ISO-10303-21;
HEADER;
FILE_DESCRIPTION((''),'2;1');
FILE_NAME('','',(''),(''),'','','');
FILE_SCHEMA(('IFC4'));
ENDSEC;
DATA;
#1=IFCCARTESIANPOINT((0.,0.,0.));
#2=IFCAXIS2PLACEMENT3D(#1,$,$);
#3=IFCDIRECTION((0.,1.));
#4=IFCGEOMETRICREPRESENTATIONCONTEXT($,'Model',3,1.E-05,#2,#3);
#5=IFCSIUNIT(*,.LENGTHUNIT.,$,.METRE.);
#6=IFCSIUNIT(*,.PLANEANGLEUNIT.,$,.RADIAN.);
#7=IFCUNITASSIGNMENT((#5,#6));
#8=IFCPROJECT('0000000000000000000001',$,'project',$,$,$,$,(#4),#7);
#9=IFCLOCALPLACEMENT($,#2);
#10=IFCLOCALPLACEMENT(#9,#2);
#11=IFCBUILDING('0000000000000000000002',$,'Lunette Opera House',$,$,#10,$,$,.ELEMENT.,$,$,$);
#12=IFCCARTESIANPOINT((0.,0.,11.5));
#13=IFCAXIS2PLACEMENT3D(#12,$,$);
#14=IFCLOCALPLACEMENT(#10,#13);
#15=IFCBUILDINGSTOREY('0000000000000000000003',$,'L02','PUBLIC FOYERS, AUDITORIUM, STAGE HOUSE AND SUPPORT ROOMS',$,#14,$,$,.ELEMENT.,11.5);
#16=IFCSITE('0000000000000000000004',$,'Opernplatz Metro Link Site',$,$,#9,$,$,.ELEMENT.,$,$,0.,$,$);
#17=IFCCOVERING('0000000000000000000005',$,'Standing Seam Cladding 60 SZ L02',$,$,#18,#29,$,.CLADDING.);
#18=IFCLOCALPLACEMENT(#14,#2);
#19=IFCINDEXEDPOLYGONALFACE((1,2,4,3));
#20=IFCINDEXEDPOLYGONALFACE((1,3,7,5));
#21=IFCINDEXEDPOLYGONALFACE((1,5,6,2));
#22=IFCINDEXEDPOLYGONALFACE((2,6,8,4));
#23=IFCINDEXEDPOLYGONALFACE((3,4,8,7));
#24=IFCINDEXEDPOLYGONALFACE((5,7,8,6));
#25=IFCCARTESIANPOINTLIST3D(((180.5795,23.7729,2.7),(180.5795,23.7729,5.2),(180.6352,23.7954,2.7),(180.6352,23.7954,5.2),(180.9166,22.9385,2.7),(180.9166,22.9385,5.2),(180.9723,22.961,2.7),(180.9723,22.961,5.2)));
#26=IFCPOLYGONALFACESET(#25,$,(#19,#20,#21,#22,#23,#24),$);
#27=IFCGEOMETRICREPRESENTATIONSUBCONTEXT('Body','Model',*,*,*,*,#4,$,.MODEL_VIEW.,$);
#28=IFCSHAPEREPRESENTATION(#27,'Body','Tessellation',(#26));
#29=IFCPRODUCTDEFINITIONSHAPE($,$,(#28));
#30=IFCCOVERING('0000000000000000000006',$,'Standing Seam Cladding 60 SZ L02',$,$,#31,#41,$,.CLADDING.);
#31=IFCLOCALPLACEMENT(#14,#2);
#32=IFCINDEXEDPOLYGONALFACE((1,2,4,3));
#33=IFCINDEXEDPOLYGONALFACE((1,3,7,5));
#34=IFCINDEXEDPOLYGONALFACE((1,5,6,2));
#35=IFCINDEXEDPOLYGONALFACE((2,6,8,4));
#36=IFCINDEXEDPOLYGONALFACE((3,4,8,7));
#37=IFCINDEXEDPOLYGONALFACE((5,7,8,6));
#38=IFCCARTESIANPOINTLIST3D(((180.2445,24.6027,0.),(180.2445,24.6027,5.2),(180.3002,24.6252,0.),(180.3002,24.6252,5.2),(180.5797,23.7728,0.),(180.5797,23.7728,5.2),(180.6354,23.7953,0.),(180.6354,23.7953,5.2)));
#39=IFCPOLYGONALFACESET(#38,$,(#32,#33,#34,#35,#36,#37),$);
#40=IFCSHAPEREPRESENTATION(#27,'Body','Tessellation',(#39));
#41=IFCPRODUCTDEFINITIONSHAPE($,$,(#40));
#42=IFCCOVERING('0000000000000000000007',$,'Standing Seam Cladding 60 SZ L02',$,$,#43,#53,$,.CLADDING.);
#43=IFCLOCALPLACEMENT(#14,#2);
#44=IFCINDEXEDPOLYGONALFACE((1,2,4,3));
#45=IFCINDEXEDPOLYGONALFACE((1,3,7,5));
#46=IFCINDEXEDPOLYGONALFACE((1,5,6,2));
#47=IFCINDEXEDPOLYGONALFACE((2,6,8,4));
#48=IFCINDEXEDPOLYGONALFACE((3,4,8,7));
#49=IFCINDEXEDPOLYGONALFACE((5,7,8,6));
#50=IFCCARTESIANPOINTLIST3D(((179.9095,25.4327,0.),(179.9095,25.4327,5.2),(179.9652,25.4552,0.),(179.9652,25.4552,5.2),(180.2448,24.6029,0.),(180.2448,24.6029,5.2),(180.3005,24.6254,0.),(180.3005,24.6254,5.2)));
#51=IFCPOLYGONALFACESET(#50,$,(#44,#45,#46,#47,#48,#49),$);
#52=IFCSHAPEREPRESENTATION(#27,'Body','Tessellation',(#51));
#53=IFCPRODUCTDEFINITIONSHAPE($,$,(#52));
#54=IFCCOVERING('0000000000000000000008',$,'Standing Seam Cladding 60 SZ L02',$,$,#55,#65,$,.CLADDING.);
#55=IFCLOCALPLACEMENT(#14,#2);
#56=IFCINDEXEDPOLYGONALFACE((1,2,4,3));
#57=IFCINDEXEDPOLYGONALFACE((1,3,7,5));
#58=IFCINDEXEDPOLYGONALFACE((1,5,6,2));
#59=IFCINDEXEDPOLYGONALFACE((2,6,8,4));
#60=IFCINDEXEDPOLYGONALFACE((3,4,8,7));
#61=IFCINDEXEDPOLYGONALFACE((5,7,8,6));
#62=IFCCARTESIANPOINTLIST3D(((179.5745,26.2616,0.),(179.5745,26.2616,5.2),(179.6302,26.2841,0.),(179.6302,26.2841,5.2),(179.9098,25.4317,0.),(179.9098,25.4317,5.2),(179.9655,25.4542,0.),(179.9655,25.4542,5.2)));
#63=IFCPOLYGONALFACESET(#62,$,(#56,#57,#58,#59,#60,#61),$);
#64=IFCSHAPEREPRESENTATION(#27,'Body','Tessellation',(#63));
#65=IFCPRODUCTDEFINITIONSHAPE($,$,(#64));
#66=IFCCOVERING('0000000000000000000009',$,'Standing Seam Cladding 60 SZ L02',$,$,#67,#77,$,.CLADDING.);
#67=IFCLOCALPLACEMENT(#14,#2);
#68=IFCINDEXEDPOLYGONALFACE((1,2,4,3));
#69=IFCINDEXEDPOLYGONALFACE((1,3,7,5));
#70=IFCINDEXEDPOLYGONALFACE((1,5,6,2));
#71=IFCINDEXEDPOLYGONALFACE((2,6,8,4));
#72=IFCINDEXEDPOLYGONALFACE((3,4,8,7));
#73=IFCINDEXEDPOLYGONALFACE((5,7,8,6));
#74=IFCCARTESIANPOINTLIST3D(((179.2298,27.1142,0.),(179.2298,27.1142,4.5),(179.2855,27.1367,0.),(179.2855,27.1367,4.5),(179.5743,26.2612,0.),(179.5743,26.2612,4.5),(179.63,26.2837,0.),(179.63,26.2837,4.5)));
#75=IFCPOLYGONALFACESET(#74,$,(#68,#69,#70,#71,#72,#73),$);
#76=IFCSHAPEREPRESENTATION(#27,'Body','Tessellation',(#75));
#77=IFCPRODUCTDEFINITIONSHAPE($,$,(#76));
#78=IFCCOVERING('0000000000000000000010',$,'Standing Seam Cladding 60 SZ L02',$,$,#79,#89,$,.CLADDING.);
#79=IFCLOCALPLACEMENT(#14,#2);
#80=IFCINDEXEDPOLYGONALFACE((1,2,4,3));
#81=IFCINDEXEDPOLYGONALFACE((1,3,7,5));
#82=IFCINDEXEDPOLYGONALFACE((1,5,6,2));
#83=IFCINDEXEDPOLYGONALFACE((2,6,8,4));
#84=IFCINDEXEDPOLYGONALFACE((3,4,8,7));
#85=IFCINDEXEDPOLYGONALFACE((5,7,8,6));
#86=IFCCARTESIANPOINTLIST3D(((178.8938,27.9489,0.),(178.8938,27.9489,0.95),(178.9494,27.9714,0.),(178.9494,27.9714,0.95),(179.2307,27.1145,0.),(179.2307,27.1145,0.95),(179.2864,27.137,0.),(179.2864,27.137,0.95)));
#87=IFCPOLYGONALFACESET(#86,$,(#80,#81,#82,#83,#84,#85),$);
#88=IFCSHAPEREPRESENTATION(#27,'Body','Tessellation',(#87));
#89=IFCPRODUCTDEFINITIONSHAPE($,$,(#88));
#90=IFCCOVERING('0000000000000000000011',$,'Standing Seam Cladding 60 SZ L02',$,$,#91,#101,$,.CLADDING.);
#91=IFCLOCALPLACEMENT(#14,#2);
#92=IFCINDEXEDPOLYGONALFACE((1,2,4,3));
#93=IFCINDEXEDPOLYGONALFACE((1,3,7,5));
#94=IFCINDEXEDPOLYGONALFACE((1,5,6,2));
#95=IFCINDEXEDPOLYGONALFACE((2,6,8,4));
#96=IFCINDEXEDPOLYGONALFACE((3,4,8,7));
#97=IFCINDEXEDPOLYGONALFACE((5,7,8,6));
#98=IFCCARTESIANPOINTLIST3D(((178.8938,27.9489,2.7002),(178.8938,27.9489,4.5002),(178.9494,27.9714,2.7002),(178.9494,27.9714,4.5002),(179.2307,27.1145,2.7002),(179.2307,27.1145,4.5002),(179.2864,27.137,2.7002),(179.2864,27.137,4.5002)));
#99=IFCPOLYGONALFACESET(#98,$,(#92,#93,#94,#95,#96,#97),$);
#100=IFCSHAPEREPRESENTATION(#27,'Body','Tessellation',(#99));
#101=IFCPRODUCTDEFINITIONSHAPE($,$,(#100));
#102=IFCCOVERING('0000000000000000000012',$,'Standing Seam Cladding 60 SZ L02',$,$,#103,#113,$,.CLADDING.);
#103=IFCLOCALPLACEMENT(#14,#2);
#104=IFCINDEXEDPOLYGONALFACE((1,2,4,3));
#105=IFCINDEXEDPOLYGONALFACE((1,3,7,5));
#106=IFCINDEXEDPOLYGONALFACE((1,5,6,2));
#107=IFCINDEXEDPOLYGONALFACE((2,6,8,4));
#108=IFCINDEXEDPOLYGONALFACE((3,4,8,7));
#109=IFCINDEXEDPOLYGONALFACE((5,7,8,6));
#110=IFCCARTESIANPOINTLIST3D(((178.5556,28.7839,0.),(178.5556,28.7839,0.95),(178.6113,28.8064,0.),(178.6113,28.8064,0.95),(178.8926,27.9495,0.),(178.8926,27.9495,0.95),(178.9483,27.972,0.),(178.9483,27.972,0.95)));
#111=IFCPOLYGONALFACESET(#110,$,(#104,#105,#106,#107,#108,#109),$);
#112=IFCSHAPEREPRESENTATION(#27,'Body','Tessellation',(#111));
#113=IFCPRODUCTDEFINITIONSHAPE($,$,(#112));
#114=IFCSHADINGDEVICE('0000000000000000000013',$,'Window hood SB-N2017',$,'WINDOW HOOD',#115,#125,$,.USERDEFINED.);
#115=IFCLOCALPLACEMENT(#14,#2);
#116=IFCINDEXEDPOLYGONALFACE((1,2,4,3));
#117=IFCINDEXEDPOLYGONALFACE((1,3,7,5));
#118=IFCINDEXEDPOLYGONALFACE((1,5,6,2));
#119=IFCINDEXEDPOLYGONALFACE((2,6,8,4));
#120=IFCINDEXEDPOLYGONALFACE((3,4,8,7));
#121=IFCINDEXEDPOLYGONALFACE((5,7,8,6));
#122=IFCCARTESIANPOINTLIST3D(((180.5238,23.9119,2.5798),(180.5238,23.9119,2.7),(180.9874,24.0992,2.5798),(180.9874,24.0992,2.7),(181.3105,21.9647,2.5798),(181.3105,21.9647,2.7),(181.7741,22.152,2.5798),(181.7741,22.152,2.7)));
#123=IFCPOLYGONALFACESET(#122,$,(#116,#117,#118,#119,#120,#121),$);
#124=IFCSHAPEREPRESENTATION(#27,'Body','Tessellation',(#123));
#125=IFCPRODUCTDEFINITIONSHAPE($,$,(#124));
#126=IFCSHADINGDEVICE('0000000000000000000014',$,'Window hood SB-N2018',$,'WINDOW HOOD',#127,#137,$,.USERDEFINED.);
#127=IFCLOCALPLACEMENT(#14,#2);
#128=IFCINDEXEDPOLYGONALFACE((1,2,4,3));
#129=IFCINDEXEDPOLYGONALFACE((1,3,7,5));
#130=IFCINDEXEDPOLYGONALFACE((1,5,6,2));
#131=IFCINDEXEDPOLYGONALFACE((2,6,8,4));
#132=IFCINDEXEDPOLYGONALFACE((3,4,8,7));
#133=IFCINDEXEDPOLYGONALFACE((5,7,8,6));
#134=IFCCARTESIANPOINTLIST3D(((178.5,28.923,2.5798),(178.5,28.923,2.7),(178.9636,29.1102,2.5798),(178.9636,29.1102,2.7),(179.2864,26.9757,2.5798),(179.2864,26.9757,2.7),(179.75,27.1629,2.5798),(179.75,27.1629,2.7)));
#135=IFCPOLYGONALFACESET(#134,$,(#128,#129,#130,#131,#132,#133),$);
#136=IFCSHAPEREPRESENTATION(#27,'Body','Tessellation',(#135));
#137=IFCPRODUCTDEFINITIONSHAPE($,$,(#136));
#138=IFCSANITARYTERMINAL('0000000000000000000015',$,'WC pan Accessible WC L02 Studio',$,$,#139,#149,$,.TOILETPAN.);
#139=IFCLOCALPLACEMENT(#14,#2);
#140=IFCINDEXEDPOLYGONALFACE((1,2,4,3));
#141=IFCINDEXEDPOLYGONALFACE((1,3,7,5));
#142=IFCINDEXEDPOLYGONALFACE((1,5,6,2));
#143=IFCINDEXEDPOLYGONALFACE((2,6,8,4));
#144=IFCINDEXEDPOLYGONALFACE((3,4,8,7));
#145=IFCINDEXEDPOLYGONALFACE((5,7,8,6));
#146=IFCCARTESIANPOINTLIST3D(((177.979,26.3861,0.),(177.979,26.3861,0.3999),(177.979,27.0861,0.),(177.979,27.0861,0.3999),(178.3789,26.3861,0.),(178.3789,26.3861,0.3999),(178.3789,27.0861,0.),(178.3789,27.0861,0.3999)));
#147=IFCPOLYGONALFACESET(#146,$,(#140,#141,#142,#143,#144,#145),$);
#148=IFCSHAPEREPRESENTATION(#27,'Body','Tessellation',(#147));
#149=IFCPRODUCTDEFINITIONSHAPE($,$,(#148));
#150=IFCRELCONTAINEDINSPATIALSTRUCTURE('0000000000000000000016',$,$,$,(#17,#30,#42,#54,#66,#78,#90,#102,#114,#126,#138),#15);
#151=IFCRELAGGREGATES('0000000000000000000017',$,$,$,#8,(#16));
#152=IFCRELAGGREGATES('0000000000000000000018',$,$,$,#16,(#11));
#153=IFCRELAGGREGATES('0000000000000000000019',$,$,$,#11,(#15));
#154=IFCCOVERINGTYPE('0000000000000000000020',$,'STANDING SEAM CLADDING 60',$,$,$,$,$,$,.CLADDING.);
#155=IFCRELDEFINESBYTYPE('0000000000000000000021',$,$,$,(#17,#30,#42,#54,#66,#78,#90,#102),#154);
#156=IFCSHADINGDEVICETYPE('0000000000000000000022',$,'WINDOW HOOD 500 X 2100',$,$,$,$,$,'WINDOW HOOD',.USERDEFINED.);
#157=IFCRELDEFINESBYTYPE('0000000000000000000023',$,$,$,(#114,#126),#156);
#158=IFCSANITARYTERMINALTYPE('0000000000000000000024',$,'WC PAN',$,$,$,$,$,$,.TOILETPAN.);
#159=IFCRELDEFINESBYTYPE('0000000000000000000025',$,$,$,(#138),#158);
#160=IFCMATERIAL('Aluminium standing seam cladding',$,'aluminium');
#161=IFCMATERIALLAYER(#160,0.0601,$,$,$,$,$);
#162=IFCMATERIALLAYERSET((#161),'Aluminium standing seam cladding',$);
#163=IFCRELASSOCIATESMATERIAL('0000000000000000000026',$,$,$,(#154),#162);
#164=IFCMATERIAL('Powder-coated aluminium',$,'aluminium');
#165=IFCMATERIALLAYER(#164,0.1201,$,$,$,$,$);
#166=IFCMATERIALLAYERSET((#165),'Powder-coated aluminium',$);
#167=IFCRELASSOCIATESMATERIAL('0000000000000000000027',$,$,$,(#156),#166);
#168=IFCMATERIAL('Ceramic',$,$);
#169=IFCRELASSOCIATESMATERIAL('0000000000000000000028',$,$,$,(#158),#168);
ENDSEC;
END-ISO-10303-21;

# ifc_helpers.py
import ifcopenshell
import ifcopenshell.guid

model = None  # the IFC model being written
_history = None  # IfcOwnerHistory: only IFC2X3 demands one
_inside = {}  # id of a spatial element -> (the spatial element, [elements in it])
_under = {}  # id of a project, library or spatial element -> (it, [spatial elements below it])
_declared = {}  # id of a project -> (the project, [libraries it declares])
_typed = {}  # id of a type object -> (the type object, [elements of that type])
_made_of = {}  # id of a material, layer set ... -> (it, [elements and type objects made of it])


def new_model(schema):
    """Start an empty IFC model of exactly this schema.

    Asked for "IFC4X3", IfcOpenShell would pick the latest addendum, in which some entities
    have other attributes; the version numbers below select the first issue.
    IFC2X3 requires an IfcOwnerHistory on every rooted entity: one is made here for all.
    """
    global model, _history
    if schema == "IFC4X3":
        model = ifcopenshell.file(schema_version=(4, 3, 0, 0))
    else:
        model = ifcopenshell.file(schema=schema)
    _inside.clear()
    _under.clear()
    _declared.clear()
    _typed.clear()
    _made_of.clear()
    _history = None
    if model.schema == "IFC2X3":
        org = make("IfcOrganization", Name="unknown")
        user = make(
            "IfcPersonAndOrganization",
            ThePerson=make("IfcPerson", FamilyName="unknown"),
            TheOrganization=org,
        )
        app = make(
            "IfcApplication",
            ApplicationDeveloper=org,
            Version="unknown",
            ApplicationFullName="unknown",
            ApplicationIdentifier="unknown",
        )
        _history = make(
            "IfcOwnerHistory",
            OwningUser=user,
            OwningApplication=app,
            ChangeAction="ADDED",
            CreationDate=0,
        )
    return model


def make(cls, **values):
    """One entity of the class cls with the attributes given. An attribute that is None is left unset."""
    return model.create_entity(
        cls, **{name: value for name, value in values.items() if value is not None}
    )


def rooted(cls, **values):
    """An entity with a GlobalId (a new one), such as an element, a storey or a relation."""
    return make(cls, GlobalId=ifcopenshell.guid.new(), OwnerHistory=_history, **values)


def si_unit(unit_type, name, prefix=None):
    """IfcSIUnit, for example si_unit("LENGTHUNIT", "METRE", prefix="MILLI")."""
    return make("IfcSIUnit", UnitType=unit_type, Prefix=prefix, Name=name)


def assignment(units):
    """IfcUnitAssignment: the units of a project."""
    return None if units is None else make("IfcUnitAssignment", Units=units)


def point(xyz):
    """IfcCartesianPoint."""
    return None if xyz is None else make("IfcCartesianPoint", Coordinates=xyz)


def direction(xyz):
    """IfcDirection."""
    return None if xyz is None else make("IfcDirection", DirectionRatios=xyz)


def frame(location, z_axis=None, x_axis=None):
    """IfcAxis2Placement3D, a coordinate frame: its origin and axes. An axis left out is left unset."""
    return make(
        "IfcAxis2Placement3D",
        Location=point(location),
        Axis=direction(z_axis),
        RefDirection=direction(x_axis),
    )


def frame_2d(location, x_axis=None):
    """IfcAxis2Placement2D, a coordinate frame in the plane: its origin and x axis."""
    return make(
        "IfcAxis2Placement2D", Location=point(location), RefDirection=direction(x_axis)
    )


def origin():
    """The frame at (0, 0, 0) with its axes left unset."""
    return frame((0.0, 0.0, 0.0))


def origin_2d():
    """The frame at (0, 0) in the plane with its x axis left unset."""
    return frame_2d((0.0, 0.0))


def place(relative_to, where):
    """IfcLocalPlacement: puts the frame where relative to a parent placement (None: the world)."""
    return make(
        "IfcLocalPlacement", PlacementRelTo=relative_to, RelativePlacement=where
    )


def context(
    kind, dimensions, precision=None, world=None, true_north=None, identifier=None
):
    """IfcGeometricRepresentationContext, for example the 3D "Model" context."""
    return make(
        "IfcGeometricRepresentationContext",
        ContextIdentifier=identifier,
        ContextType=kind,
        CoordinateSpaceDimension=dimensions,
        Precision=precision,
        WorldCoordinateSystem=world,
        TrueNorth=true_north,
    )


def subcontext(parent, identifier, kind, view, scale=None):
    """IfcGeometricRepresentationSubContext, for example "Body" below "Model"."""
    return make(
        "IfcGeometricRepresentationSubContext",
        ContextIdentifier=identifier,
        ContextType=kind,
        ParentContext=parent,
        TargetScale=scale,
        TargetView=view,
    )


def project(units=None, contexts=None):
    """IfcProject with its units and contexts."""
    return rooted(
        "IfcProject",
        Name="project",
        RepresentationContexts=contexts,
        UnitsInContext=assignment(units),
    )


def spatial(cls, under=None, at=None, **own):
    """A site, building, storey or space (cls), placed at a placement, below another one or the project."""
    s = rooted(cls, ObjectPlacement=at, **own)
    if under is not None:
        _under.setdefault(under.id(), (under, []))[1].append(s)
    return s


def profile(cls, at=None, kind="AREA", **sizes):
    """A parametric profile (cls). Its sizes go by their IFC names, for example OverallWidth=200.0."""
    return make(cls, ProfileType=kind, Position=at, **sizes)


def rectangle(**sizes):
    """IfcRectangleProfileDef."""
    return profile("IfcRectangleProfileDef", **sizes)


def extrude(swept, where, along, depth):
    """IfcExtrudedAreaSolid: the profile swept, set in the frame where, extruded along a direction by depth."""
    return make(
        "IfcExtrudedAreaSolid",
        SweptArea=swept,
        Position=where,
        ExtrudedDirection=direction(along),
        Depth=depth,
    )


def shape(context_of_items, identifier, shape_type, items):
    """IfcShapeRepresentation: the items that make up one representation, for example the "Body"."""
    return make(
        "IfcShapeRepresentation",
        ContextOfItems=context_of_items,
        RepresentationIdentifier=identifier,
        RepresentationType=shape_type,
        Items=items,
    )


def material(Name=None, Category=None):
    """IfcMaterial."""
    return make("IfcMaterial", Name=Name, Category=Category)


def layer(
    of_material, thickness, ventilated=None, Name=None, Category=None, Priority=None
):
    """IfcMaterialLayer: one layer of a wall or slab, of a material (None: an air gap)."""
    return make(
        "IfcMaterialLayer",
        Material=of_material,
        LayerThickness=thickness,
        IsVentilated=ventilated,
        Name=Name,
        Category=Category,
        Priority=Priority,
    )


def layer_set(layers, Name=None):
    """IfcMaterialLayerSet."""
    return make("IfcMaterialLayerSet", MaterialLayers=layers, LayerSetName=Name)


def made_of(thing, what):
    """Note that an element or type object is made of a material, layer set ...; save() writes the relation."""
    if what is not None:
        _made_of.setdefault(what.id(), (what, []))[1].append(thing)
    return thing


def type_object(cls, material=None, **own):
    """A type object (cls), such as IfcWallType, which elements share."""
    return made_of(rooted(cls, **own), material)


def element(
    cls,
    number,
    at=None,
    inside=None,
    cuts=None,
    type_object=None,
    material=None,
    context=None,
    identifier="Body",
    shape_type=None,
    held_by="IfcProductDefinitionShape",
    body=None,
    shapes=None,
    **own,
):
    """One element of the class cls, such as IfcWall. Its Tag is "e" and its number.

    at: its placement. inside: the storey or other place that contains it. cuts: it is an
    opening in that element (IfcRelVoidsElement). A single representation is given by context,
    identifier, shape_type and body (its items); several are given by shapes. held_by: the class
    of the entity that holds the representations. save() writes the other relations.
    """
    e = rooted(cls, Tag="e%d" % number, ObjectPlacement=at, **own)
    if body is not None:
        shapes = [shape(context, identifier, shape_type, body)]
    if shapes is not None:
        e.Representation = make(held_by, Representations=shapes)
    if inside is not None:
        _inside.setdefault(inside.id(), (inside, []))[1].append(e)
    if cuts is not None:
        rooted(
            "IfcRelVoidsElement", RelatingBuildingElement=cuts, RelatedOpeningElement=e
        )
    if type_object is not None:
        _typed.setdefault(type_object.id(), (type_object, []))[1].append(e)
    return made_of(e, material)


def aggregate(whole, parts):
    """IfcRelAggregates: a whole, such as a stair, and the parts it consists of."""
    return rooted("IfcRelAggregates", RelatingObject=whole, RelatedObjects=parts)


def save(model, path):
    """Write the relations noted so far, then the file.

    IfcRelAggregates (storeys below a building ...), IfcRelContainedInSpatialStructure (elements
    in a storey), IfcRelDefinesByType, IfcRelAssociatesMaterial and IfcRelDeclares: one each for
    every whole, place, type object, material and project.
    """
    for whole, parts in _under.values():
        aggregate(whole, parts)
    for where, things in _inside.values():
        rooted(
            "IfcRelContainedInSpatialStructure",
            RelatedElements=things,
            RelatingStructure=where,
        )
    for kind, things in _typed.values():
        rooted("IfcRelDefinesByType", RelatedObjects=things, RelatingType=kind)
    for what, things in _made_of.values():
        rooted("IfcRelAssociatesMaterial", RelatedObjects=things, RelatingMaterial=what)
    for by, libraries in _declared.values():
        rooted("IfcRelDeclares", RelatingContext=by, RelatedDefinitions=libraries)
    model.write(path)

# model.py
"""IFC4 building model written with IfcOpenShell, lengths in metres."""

from ifc_helpers import new_model, si_unit, direction, frame, origin, origin_2d, place, context, subcontext, project, spatial, rectangle, extrude, material, layer, layer_set, type_object, element, save


model = new_model("IFC4")

# Units and contexts
model_context = context("Model", 3, precision=1e-05, world=origin(), true_north=direction((0.0, 1.0)))
body_context = subcontext(model_context, "Body", "Model", "MODEL_VIEW")
ifc_project = project(units=[si_unit("LENGTHUNIT", "METRE"), si_unit("PLANEANGLEUNIT", "RADIAN")], contexts=[model_context])

# Site, building, storey
site_placement = place(None, origin())
site = spatial("IfcSite", under=ifc_project, at=site_placement, Name="Opernplatz Metro Link Site", CompositionType="ELEMENT", RefElevation=0.0)
building_placement = place(site_placement, origin())
building = spatial("IfcBuilding", under=site, at=building_placement, Name="Lunette Opera House", CompositionType="ELEMENT")
storey_placement = place(building_placement, frame((0.0, 0.0, 11.5)))
storey = spatial("IfcBuildingStorey", under=building, at=storey_placement, Name="L02", Description="PUBLIC FOYERS, AUDITORIUM, STAGE HOUSE AND SUPPORT ROOMS", CompositionType="ELEMENT", Elevation=11.5)

# Coverings
ifc_material_1 = material(Name="Aluminium standing seam cladding", Category="aluminium")
ifc_layer_1 = layer(ifc_material_1, 0.0601)
ifc_layer_set_1 = layer_set([ifc_layer_1], Name="Aluminium standing seam cladding")
covering_type = type_object("IfcCoveringType", Name="STANDING SEAM CLADDING 60", PredefinedType="CLADDING", material=ifc_layer_set_1)
covering_1_placement = place(storey_placement, frame((180.7759, 23.3669, 2.7), z_axis=(0.0, 0.0, 1.0), x_axis=(-0.374587, 0.927192, 0.0)))
element("IfcCovering", 1, at=covering_1_placement, inside=storey, type_object=covering_type, Name="Standing Seam Cladding 60 SZ L02", PredefinedType="CLADDING", context=body_context, shape_type="SweptSolid", body=[
    extrude(rectangle(XDim=0.8999, YDim=0.0601, at=origin_2d()), origin(), (0.0, 0.0, 1.0), 2.5),
])
for number, where, z_axis, x_axis, name in (
    (2, (180.4399, 24.199, 0.0), (0.0, 0.0, 1.0), (-0.374587, 0.927192, 0.0), "Standing Seam Cladding 60 SZ L02"),
    (3, (180.105, 25.0291, 0.0), (0.0, 0.0, 1.0), (-0.374587, 0.927192, 0.0), "Standing Seam Cladding 60 SZ L02"),
    (4, (179.77, 25.8579, 0.0), (0.0, 0.0, 1.0), (-0.374587, 0.927192, 0.0), "Standing Seam Cladding 60 SZ L02"),
):
    element("IfcCovering", number, at=place(storey_placement, frame(where, z_axis=z_axis, x_axis=x_axis)), inside=storey, type_object=covering_type, Name=name, PredefinedType="CLADDING", context=body_context, shape_type="SweptSolid", body=[
        extrude(rectangle(XDim=0.895, YDim=0.0601, at=origin_2d()), origin(), (0.0, 0.0, 1.0), 5.2),
    ])
covering_2_placement = place(storey_placement, frame((179.4299, 26.699, 0.0), z_axis=(0.0, 0.0, 1.0), x_axis=(-0.374467, 0.92724, 0.0)))
element("IfcCovering", 5, at=covering_2_placement, inside=storey, type_object=covering_type, Name="Standing Seam Cladding 60 SZ L02", PredefinedType="CLADDING", context=body_context, shape_type="SweptSolid", body=[
    extrude(rectangle(XDim=0.9199, YDim=0.0601, at=origin_2d()), origin(), (0.0, 0.0, 1.0), 4.5),
])
covering_3_placement = place(storey_placement, frame((179.0901, 27.543, 0.0), z_axis=(0.0, 0.0, 1.0), x_axis=(-0.374467, 0.92724, 0.0)))
element("IfcCovering", 6, at=covering_3_placement, inside=storey, type_object=covering_type, Name="Standing Seam Cladding 60 SZ L02", PredefinedType="CLADDING", context=body_context, shape_type="SweptSolid", body=[
    extrude(rectangle(XDim=0.8999, YDim=0.0601, at=origin_2d()), origin(), (0.0, 0.0, 1.0), 0.95),
])
covering_4_placement = place(storey_placement, frame((179.0901, 27.543, 2.7002), z_axis=(0.0, 0.0, 1.0), x_axis=(-0.374467, 0.92724, 0.0)))
element("IfcCovering", 7, at=covering_4_placement, inside=storey, type_object=covering_type, Name="Standing Seam Cladding 60 SZ L02", PredefinedType="CLADDING", context=body_context, shape_type="SweptSolid", body=[
    extrude(rectangle(XDim=0.8999, YDim=0.0601, at=origin_2d()), origin(), (0.0, 0.0, 1.0), 1.8),
])
covering_5_placement = place(storey_placement, frame((178.752, 28.3779, 0.0), z_axis=(0.0, 0.0, 1.0), x_axis=(-0.374467, 0.92724, 0.0)))
element("IfcCovering", 8, at=covering_5_placement, inside=storey, type_object=covering_type, Name="Standing Seam Cladding 60 SZ L02", PredefinedType="CLADDING", context=body_context, shape_type="SweptSolid", body=[
    extrude(rectangle(XDim=0.8999, YDim=0.0601, at=origin_2d()), origin(), (0.0, 0.0, 1.0), 0.95),
])

# Shading devices
ifc_material_2 = material(Name="Powder-coated aluminium", Category="aluminium")
ifc_layer_2 = layer(ifc_material_2, 0.1201)
ifc_layer_set_2 = layer_set([ifc_layer_2], Name="Powder-coated aluminium")
shading_device_type = type_object("IfcShadingDeviceType", Name="WINDOW HOOD 500 X 2100", ElementType="WINDOW HOOD", PredefinedType="USERDEFINED", material=ifc_layer_set_2)
for number, where, z_axis, x_axis, name in (
    (9, (181.1489, 23.032, 2.5798), (0.0, 0.0, 1.0), (0.927192, 0.374587, 0.0), "Window hood SB-N2017"),
    (10, (179.125, 28.043, 2.5798), (0.0, 0.0, 1.0), (0.92724, 0.374467, 0.0), "Window hood SB-N2018"),
):
    element("IfcShadingDevice", number, at=place(storey_placement, frame(where, z_axis=z_axis, x_axis=x_axis)), inside=storey, type_object=shading_device_type, Name=name, ObjectType="WINDOW HOOD", PredefinedType="USERDEFINED", context=body_context, shape_type="SweptSolid", body=[
        extrude(rectangle(XDim=0.5, YDim=2.1001, at=origin_2d()), origin(), (0.0, 0.0, 1.0), 0.1201),
    ])

# Sanitary terminal
ifc_material_3 = material(Name="Ceramic")
sanitary_terminal_type = type_object("IfcSanitaryTerminalType", Name="WC PAN", PredefinedType="TOILETPAN", material=ifc_material_3)
sanitary_terminal_placement = place(storey_placement, frame((178.179, 26.7361, 0.0), z_axis=(0.0, 0.0, 1.0), x_axis=(1.0, 0.0, 0.0)))
element("IfcSanitaryTerminal", 11, at=sanitary_terminal_placement, inside=storey, type_object=sanitary_terminal_type, Name="WC pan Accessible WC L02 Studio", PredefinedType="TOILETPAN", context=body_context, shape_type="SweptSolid", body=[
    extrude(rectangle(XDim=0.3999, YDim=0.7, at=origin_2d()), origin(), (0.0, 0.0, 1.0), 0.3999),
])

save(model, "model.ifc")
